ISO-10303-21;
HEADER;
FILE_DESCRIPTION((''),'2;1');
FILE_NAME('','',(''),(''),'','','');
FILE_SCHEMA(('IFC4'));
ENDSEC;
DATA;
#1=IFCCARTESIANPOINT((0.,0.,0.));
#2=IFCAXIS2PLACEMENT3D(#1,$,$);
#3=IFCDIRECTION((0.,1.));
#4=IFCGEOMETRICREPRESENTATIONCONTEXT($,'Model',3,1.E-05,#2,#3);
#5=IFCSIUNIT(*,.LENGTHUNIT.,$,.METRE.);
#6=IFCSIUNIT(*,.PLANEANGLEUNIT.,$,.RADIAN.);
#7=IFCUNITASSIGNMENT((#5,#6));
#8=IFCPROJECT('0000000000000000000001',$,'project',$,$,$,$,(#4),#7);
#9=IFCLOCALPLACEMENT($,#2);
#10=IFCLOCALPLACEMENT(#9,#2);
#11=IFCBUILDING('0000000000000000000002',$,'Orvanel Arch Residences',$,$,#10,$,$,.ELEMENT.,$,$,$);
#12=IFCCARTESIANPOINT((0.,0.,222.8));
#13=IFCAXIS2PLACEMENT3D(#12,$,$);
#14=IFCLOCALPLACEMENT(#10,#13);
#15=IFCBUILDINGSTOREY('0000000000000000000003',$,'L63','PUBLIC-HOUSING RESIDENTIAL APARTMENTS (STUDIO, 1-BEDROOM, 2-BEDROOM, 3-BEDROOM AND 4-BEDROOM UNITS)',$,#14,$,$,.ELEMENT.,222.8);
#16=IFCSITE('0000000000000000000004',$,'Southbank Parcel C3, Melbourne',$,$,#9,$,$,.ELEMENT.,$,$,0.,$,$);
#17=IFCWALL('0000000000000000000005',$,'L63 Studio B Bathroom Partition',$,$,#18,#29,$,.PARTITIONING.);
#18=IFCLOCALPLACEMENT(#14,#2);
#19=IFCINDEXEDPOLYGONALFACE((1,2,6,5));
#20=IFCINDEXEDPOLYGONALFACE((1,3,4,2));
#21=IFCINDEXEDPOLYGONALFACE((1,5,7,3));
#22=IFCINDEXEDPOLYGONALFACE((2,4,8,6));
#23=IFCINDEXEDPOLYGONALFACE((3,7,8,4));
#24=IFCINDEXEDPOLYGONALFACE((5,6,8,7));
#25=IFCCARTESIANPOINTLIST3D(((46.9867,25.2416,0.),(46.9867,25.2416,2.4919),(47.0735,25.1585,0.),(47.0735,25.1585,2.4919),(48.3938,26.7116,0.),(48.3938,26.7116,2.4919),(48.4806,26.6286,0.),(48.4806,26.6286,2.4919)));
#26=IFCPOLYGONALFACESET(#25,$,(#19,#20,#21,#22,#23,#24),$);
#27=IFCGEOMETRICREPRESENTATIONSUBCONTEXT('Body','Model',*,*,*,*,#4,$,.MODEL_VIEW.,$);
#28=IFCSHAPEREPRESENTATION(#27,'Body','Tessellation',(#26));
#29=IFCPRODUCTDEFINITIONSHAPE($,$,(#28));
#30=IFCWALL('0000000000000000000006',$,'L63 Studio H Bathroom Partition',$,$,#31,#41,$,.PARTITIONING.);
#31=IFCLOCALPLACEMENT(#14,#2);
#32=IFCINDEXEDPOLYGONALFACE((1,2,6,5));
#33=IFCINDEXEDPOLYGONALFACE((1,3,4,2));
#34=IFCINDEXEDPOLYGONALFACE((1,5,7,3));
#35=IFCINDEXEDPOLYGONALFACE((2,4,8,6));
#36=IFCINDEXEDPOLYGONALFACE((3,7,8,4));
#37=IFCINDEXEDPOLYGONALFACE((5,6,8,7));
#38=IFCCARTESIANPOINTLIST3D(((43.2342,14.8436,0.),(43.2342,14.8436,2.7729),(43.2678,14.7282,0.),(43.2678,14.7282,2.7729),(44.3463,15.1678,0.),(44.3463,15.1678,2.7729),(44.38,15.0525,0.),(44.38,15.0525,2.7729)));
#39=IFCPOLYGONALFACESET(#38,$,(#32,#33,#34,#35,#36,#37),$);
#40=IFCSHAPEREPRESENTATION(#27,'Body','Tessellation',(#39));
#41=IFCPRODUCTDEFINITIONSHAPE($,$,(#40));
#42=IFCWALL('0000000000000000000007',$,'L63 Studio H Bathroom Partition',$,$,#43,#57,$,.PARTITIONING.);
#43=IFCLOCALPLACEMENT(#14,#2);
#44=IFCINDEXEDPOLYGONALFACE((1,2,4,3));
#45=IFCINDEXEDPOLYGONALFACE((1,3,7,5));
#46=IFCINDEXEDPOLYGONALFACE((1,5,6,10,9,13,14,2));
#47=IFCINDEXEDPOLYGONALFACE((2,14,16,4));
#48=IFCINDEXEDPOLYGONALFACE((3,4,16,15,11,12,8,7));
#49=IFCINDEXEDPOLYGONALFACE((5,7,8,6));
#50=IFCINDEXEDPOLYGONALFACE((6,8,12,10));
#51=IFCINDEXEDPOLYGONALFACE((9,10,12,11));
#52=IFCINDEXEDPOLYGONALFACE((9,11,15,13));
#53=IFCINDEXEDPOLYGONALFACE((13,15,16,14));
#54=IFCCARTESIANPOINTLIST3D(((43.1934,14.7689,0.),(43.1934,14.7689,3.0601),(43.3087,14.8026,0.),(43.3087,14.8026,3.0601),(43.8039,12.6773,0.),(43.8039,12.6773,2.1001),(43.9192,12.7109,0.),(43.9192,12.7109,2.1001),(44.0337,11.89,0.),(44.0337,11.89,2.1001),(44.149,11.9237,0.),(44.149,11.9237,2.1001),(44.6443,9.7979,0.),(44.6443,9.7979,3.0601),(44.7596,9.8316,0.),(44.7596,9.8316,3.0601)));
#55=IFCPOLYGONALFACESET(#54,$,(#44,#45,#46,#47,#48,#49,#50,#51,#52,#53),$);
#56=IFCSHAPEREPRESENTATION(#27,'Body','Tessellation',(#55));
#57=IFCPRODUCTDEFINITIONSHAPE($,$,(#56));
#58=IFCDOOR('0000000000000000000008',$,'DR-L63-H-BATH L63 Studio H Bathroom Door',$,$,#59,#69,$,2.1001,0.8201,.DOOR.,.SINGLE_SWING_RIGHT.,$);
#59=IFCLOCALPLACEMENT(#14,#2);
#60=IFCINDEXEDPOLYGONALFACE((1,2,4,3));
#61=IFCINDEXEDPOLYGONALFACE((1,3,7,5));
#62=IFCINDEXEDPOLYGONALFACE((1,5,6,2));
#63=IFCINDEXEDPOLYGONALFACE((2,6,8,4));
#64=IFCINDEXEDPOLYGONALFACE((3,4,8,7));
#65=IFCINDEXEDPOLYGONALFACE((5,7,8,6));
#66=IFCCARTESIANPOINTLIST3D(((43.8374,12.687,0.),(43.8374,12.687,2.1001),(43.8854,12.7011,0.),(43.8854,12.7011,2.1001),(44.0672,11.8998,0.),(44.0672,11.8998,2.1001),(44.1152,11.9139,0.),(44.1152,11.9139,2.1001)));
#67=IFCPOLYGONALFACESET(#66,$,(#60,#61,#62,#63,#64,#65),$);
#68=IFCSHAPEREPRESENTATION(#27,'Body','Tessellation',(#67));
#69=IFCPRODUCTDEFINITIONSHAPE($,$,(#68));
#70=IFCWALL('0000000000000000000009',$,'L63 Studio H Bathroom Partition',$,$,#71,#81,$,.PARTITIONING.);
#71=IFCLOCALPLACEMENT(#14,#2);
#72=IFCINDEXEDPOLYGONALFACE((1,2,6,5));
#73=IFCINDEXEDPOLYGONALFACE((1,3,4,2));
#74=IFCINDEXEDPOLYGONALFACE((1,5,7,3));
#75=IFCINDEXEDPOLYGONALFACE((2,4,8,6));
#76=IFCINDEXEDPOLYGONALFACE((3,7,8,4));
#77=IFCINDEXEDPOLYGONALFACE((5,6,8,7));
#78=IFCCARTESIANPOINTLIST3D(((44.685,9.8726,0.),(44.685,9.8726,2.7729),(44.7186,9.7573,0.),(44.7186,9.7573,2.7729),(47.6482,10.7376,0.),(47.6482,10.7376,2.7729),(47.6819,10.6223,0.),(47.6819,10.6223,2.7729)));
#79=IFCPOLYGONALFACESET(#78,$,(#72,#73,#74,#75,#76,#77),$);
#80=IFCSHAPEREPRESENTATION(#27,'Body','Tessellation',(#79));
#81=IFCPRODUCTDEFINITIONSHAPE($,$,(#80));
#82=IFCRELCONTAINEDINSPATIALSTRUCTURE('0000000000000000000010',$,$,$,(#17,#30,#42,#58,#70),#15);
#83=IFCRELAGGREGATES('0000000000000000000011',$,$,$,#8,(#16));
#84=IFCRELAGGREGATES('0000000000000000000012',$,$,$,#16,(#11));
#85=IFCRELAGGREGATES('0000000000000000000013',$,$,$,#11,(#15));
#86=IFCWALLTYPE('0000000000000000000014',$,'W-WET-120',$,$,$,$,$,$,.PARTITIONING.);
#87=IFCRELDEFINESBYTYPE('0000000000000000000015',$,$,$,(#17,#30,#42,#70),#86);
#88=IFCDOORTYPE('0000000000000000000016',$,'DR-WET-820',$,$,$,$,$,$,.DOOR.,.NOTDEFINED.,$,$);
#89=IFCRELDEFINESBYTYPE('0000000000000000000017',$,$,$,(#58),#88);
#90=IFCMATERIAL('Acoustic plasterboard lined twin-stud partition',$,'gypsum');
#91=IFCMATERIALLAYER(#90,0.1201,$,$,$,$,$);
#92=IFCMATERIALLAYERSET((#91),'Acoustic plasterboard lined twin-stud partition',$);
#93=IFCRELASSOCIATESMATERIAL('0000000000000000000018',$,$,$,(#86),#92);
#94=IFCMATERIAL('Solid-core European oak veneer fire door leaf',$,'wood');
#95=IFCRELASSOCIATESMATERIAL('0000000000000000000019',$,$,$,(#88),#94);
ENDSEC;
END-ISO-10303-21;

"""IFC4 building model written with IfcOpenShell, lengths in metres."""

from ifc_helpers import new_model, si_unit, direction, frame, frame_2d, origin, place, context, subcontext, project, spatial, rectangle, extrude, material, layer, layer_set, type_object, element, fill, save


model = new_model("IFC4")

# Units and contexts
model_context = context("Model", 3, precision=1e-05, world=origin(), true_north=direction((0.0, 1.0)))
body_context = subcontext(model_context, "Body", "Model", "MODEL_VIEW")
ifc_project = project(units=[si_unit("LENGTHUNIT", "METRE"), si_unit("PLANEANGLEUNIT", "RADIAN")], contexts=[model_context])

# Site, building, storey
site_placement = place(None, origin())
site = spatial("IfcSite", under=ifc_project, at=site_placement, Name="Southbank Parcel C3, Melbourne", CompositionType="ELEMENT", RefElevation=0.0)
building_placement = place(site_placement, origin())
building = spatial("IfcBuilding", under=site, at=building_placement, Name="Orvanel Arch Residences", CompositionType="ELEMENT")
storey_placement = place(building_placement, frame((0.0, 0.0, 222.8)))
storey = spatial("IfcBuildingStorey", under=building, at=storey_placement, Name="L63", Description="PUBLIC-HOUSING RESIDENTIAL APARTMENTS (STUDIO, 1-BEDROOM, 2-BEDROOM, 3-BEDROOM AND 4-BEDROOM UNITS)", CompositionType="ELEMENT", Elevation=222.8)

# Shared definitions
ifc_material_1 = material(Name="Solid-core European oak veneer fire door leaf", Category="wood")

# Shared definitions
ifc_material_2 = material(Name="Acoustic plasterboard lined twin-stud partition", Category="gypsum")
ifc_layer_1 = layer(ifc_material_2, 0.1201)
ifc_layer_set_1 = layer_set([ifc_layer_1], Name="Acoustic plasterboard lined twin-stud partition")
wall_type_1 = type_object("IfcWallType", Name="W-WET-120", PredefinedType="PARTITIONING", material=ifc_layer_set_1)
door_type_1 = type_object("IfcDoorType", Name="DR-WET-820", OperationType="NOTDEFINED", PredefinedType="DOOR", material=ifc_material_1)

# Walls
wall_1_placement = place(storey_placement, frame((47.03, 25.2, 0.0), z_axis=(0.0, 0.0, 1.0), x_axis=(0.69146, 0.722415, 0.0)))
element("IfcWall", 1, at=wall_1_placement, inside=storey, type_object=wall_type_1, Name="L63 Studio B Bathroom Partition", PredefinedType="PARTITIONING", context=body_context, shape_type="SweptSolid", body=[
    extrude(rectangle(XDim=2.0349, YDim=0.1201, at=frame_2d((1.0176, 0.0))), origin(), (0.0, 0.0, 1.0), 2.4919),
])
wall_2_placement = place(storey_placement, frame((44.363, 15.1101, 0.0), z_axis=(0.0, 0.0, 1.0), x_axis=(-0.960031, -0.279895, 0.0)))
element("IfcWall", 2, at=wall_2_placement, inside=storey, type_object=wall_type_1, Name="L63 Studio H Bathroom Partition", PredefinedType="PARTITIONING", context=body_context, shape_type="SweptSolid", body=[
    extrude(rectangle(XDim=1.1584, YDim=0.1201, at=frame_2d((0.5791, 0.0))), origin(), (0.0, 0.0, 1.0), 2.7729),
])

# Wall, opening, door
wall_3_placement = place(storey_placement, frame((43.251, 14.7859, 0.0), z_axis=(0.0, 0.0, 1.0), x_axis=(0.28019, -0.959945, 0.0)))
wall_3 = element("IfcWall", 3, at=wall_3_placement, inside=storey, type_object=wall_type_1, Name="L63 Studio H Bathroom Partition", PredefinedType="PARTITIONING", context=body_context, shape_type="SweptSolid", body=[
    extrude(rectangle(XDim=5.1785, YDim=0.1201, at=frame_2d((2.5894, 0.0))), origin(), (0.0, 0.0, 1.0), 3.0601),
])
opening_1_placement = place(wall_3_placement, frame((2.179, 0.0, 0.0)))
opening_1 = element("IfcOpeningElement", 4, at=opening_1_placement, cuts=wall_3, PredefinedType="OPENING", context=body_context, shape_type="SweptSolid", body=[
    extrude(rectangle(XDim=0.8201, YDim=2.1001, at=frame_2d((0.4102, 1.05))), frame((0.0, 0.0701, 0.0), z_axis=(0.0, -1.0, 0.0), x_axis=(1.0, 0.0, 0.0)), (0.0, 0.0, 1.0), 0.1401),
])
door_1_placement = place(opening_1_placement, origin())
door_1 = element("IfcDoor", 5, at=door_1_placement, inside=storey, type_object=door_type_1, Name="DR-L63-H-BATH L63 Studio H Bathroom Door", OperationType="SINGLE_SWING_RIGHT", OverallHeight=2.1001, OverallWidth=0.8201, PredefinedType="DOOR", context=body_context, shape_type="SweptSolid", body=[
    extrude(rectangle(XDim=0.8201, YDim=2.1001, at=frame_2d((0.4102, 1.05))), frame((0.0, 0.0249, 0.0), z_axis=(0.0, -1.0, 0.0), x_axis=(1.0, 0.0, 0.0)), (0.0, 0.0, 1.0), 0.05),
])
fill(opening_1, door_1)

# Wall
wall_4_placement = place(storey_placement, frame((47.665, 10.6799, 0.0), z_axis=(0.0, 0.0, 1.0), x_axis=(-0.959935, -0.280222, 0.0)))
element("IfcWall", 6, at=wall_4_placement, inside=storey, type_object=wall_type_1, Name="L63 Studio H Bathroom Partition", PredefinedType="PARTITIONING", context=body_context, shape_type="SweptSolid", body=[
    extrude(rectangle(XDim=3.0869, YDim=0.1201, at=frame_2d((1.5435, 0.0))), origin(), (0.0, 0.0, 1.0), 2.7729),
])

save(model, "model.ifc")
